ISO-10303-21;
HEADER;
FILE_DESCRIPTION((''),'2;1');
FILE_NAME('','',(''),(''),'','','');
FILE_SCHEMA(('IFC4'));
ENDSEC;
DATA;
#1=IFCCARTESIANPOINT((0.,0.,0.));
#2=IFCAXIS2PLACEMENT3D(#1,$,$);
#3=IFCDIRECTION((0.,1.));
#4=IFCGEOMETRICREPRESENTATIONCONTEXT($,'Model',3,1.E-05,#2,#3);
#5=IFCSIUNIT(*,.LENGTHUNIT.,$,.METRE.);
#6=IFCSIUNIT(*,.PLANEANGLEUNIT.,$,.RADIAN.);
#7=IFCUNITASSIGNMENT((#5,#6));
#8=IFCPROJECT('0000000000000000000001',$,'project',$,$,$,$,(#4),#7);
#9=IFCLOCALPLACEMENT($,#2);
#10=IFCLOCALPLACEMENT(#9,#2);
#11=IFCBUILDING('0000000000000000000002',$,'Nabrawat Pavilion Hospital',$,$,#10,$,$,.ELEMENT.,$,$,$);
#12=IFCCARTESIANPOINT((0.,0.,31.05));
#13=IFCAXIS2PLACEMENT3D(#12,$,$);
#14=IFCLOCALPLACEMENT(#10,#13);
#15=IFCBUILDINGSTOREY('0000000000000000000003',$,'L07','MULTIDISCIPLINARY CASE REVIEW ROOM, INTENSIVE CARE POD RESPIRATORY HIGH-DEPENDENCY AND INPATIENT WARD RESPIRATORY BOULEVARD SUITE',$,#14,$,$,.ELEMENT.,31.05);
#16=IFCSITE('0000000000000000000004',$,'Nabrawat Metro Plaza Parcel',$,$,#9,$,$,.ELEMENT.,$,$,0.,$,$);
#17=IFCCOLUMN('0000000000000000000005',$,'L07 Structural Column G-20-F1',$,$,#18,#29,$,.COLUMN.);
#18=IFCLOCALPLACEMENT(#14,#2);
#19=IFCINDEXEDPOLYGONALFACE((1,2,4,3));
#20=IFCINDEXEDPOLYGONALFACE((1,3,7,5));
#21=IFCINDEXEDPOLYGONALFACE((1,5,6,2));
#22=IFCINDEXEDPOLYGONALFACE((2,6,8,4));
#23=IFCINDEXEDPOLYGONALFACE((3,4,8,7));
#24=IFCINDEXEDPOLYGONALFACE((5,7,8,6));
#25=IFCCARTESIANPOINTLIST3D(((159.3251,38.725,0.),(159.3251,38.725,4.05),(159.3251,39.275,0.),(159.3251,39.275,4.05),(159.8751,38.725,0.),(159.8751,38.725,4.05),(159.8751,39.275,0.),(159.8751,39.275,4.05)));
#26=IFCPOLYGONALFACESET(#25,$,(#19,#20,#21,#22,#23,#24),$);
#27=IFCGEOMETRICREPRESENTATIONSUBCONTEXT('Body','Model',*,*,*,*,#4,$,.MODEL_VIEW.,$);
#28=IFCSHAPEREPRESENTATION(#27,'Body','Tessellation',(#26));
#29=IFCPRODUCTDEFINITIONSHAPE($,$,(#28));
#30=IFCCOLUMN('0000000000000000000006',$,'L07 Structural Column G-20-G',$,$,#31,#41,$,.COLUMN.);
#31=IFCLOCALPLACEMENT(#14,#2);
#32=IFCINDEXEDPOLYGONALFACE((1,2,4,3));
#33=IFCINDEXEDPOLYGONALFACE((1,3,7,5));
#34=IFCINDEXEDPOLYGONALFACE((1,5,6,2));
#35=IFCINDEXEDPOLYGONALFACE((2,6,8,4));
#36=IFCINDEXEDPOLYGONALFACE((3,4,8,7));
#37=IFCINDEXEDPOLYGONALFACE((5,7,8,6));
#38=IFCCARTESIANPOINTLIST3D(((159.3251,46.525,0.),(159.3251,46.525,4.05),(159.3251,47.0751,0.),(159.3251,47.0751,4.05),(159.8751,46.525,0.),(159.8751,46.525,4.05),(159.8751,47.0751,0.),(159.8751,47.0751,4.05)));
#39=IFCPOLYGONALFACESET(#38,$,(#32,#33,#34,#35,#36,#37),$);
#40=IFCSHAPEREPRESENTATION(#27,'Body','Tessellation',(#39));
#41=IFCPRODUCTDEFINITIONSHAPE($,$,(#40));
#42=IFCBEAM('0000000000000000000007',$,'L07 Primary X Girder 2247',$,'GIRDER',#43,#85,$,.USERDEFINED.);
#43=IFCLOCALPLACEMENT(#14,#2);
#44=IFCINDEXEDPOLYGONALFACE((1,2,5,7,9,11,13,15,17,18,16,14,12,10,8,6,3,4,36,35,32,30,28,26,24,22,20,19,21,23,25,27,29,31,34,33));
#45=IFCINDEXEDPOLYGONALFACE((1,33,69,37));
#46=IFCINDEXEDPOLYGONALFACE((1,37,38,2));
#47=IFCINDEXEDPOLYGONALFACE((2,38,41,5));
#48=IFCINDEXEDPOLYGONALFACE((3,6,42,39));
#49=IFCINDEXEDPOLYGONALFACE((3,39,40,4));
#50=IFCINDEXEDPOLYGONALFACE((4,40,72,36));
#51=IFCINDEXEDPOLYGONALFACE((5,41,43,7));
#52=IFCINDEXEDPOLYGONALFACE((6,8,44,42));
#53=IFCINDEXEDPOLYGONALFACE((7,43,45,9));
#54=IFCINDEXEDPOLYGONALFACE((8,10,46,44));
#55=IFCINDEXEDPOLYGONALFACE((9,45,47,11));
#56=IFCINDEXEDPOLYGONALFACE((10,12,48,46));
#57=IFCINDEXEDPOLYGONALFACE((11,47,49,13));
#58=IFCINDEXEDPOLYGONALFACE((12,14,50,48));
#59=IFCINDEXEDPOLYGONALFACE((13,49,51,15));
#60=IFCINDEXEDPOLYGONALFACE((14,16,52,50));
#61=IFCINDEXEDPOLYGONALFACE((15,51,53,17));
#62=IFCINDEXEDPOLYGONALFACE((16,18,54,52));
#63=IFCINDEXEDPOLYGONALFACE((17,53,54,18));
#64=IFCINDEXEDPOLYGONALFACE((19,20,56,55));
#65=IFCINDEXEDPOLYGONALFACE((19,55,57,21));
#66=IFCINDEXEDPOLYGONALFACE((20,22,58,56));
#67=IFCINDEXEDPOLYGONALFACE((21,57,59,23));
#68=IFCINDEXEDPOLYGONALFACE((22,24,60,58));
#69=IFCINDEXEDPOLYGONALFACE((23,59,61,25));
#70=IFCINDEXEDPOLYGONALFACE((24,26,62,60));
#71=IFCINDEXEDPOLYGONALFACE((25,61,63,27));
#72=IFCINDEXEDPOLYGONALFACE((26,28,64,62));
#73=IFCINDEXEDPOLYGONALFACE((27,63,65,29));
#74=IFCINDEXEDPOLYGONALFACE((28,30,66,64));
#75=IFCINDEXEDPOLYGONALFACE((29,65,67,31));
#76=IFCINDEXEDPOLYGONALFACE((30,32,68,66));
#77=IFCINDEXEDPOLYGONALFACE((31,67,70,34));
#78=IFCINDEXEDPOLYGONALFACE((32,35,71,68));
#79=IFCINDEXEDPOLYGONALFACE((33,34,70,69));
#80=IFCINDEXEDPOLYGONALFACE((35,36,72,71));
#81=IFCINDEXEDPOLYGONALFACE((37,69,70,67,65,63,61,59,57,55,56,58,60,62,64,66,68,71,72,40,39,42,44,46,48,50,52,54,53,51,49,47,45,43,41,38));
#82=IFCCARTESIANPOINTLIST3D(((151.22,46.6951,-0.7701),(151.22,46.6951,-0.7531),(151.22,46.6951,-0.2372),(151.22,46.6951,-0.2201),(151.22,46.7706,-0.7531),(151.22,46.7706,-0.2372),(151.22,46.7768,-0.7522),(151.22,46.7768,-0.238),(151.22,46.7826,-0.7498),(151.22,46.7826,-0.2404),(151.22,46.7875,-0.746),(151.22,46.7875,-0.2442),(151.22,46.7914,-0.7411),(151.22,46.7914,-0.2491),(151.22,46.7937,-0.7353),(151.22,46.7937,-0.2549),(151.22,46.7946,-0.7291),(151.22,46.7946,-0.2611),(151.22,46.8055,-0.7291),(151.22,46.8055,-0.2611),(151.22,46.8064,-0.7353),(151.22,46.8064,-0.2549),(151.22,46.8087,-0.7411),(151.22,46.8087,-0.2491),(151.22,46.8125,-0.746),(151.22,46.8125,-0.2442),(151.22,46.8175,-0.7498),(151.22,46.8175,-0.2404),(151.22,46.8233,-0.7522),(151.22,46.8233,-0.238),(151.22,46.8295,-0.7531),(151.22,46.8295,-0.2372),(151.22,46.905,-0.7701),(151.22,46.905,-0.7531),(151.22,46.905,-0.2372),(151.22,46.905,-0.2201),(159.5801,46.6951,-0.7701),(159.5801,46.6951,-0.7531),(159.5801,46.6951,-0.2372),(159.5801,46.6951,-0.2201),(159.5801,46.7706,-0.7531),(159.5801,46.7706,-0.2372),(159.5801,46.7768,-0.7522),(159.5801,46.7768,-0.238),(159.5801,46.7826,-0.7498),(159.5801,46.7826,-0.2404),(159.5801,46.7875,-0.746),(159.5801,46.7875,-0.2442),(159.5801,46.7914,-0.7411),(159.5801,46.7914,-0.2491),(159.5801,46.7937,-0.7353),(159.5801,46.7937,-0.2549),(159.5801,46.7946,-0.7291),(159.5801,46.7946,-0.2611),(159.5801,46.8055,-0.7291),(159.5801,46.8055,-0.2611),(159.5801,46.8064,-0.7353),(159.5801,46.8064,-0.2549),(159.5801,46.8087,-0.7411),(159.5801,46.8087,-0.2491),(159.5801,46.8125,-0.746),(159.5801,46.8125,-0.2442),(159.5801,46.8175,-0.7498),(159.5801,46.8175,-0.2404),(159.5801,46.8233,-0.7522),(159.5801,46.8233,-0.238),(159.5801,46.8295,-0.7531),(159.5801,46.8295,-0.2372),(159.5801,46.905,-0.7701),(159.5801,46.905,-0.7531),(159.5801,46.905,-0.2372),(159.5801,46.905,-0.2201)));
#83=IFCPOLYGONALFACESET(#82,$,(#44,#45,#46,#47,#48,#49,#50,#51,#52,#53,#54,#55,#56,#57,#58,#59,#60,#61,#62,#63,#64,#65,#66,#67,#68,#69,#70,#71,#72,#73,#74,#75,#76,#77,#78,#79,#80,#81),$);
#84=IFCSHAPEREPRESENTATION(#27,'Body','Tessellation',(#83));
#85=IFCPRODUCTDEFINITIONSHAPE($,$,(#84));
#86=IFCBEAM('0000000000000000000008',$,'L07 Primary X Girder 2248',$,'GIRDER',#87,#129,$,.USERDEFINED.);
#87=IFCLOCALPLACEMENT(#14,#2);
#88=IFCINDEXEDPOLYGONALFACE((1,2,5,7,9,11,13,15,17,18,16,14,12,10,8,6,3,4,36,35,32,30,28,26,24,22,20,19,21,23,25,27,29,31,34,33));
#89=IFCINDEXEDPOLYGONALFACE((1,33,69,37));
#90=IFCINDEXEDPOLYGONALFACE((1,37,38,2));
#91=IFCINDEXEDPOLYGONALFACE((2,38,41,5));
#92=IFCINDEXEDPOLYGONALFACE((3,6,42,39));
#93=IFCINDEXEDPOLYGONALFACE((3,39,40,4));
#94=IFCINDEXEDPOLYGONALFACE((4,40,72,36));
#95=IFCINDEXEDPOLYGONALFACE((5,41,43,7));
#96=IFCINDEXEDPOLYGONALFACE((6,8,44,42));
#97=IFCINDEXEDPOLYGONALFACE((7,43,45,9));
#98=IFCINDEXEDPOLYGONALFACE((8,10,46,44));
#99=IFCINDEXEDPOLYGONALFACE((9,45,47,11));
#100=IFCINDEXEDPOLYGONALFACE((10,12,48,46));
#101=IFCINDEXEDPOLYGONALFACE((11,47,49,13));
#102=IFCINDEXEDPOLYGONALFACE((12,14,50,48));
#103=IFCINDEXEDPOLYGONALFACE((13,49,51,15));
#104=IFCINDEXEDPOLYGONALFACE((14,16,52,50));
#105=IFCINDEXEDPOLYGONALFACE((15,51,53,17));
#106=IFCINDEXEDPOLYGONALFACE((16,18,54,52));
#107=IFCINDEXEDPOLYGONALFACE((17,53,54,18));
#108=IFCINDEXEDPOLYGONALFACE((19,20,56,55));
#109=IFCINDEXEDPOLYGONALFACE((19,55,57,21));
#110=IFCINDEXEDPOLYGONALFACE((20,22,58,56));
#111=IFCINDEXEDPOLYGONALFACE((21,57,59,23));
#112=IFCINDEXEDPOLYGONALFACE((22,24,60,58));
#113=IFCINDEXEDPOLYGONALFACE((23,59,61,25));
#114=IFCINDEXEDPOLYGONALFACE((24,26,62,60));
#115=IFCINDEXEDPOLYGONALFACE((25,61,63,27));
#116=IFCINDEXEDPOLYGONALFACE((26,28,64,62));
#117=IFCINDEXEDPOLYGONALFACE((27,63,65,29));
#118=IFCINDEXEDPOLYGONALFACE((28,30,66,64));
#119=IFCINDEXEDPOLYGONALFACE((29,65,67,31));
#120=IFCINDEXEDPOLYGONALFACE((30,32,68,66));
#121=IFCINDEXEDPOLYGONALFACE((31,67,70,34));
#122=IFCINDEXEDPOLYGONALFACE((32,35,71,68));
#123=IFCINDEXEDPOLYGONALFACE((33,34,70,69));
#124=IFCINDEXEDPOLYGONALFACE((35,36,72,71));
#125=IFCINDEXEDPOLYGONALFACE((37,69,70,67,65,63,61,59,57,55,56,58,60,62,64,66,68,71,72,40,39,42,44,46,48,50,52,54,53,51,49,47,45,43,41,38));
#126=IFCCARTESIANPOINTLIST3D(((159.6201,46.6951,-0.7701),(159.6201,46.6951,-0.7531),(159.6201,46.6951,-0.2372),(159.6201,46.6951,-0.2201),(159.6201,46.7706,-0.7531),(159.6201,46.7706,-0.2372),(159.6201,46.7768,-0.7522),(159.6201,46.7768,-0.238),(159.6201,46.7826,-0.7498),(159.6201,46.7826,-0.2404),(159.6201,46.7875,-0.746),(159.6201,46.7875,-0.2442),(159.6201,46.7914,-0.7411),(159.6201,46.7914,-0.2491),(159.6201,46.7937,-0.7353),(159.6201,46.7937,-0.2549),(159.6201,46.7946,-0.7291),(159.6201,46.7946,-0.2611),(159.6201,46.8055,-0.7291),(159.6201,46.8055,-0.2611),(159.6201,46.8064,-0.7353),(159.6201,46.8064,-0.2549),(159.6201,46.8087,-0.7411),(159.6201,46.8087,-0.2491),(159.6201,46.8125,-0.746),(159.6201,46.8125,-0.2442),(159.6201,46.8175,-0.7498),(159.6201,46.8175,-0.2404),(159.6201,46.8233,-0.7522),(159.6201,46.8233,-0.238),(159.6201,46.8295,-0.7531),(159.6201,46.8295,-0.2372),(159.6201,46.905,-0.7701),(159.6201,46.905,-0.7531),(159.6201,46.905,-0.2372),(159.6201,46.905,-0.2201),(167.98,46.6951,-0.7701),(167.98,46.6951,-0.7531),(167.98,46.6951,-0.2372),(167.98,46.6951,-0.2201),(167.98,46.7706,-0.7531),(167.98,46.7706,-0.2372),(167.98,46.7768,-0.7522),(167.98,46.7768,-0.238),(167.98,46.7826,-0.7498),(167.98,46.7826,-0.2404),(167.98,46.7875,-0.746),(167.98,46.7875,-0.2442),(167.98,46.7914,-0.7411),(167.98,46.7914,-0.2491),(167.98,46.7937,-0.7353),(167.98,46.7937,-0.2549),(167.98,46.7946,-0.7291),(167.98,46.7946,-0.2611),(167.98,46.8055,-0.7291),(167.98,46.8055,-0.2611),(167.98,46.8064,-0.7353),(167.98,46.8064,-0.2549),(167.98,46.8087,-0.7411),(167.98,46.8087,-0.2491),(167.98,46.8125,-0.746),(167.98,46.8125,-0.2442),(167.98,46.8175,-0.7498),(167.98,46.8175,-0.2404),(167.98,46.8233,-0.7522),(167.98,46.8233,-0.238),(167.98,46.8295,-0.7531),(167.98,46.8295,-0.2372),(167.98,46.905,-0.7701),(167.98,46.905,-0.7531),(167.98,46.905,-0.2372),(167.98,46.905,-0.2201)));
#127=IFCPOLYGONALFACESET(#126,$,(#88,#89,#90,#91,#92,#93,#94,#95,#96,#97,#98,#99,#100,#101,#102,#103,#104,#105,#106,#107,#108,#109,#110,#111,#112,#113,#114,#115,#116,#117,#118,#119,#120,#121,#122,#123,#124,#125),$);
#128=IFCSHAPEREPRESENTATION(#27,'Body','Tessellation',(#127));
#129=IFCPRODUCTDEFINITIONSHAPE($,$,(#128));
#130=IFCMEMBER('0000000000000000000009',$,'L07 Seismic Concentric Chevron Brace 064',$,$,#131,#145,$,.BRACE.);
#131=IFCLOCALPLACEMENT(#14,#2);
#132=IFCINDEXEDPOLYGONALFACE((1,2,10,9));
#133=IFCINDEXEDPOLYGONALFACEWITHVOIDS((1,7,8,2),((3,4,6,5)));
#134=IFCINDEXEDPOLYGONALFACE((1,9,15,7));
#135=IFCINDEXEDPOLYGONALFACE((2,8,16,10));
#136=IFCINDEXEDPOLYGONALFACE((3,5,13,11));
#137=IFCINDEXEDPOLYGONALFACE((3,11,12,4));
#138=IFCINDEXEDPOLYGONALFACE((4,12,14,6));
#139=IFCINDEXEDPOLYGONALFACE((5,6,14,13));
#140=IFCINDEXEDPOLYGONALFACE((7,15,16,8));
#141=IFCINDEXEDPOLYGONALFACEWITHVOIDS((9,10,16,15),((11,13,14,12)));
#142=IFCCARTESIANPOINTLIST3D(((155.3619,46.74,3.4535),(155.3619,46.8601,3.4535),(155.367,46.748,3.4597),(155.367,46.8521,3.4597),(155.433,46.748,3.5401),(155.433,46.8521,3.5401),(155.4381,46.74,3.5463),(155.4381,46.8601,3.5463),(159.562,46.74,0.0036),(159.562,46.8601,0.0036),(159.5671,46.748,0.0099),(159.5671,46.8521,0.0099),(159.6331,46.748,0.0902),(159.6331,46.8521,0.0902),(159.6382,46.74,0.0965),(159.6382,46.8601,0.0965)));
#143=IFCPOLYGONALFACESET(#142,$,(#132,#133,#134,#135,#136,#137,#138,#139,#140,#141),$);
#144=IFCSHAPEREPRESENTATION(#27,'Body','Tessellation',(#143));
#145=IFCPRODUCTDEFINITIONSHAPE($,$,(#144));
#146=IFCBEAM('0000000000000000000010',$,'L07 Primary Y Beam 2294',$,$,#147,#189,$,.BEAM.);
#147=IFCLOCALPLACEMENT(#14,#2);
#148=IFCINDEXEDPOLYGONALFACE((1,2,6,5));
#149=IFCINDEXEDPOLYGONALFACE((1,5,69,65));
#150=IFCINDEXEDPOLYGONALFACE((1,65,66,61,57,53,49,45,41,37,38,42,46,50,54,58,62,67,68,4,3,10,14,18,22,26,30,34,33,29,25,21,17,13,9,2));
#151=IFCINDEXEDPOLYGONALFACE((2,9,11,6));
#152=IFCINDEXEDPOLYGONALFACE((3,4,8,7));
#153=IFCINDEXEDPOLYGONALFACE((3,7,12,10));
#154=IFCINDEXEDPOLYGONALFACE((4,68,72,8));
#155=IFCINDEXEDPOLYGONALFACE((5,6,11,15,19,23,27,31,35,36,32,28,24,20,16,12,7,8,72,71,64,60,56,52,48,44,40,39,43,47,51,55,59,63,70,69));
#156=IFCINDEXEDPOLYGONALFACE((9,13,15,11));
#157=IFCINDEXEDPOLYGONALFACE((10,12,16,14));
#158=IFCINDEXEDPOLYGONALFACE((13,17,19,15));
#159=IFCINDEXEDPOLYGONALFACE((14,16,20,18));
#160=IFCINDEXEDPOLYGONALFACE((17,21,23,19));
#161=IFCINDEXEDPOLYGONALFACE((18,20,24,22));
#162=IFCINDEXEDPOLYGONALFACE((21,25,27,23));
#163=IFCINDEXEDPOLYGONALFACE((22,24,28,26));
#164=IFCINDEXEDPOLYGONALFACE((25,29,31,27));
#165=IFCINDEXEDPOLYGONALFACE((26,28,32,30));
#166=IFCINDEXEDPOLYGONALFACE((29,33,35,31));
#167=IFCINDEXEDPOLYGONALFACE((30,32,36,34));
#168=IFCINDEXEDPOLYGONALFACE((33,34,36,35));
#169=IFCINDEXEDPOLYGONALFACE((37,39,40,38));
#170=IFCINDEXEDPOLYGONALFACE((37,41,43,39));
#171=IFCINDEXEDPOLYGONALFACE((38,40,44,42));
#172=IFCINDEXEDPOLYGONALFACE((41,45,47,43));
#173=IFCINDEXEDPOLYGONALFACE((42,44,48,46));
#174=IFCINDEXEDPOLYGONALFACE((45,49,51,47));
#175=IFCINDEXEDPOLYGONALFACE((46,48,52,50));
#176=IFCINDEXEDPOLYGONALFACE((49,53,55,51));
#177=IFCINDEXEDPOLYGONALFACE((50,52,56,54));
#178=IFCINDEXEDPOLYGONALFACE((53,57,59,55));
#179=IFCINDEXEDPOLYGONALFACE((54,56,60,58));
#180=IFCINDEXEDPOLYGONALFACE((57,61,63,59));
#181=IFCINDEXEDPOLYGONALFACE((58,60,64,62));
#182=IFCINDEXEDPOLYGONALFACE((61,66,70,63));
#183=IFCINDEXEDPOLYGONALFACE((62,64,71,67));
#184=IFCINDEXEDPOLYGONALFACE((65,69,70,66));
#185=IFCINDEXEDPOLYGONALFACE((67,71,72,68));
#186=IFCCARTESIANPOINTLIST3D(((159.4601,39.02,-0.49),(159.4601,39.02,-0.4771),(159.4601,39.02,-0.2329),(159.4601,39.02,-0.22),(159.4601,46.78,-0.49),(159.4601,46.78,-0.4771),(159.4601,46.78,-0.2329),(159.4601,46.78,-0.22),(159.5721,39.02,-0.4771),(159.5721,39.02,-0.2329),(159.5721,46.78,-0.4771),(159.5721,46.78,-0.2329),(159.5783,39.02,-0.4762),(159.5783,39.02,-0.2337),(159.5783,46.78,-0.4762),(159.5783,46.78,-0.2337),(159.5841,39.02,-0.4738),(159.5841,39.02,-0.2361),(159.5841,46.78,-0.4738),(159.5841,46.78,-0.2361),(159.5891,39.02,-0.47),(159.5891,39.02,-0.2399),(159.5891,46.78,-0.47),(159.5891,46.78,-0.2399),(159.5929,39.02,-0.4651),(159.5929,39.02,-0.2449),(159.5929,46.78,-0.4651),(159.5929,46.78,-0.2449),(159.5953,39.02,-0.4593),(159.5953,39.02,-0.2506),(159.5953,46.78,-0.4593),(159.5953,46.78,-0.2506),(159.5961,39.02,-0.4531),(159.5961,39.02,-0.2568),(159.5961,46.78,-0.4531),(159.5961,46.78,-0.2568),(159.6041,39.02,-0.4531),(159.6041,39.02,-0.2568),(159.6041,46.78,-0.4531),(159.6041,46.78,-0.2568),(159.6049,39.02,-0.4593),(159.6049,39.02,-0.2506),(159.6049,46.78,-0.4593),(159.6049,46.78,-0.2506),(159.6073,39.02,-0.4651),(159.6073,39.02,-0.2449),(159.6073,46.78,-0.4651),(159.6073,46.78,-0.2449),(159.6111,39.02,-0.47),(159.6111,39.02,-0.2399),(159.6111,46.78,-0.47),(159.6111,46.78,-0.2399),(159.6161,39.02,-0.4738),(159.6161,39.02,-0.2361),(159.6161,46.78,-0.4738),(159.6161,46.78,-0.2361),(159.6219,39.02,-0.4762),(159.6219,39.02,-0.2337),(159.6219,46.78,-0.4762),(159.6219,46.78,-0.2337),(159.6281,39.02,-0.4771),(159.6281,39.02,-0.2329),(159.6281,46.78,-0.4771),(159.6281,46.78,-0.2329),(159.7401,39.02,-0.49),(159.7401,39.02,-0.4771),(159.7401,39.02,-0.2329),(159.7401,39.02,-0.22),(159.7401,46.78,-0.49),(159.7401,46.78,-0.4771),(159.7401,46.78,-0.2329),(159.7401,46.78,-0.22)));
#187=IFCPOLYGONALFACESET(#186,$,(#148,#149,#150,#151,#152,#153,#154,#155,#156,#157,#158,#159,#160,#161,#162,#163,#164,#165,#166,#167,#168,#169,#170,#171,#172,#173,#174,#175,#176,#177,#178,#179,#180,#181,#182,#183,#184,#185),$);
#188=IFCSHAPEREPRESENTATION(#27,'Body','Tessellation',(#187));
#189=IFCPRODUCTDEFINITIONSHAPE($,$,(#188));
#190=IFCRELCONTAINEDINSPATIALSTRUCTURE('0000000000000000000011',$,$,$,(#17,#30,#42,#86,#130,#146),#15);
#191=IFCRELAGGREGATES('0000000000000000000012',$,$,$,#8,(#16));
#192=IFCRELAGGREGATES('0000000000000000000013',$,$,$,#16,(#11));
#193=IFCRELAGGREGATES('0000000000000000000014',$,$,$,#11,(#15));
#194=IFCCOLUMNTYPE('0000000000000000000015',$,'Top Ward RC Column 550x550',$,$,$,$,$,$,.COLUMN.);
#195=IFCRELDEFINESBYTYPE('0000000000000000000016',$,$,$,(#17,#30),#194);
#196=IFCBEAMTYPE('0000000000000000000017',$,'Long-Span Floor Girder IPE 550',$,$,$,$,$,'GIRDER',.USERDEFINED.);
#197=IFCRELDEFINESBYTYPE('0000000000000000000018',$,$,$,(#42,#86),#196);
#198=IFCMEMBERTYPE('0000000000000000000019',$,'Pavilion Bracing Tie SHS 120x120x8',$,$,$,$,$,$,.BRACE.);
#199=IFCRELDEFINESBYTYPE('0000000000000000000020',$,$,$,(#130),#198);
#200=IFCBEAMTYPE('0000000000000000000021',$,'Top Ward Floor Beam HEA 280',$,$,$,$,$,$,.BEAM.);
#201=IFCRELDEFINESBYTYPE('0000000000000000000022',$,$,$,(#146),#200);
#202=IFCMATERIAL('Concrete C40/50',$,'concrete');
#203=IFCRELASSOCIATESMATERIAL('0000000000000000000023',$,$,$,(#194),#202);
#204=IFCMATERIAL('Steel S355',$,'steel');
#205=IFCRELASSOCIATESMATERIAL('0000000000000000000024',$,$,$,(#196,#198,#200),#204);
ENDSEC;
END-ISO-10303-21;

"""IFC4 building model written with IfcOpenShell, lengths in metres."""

from ifc_helpers import new_model, si_unit, direction, frame, origin, origin_2d, place, context, subcontext, project, spatial, rectangle, hollow_rectangle, i_section, extrude, material, material_profile, profile_set, type_object, element, save


model = new_model("IFC4")

# Units and contexts
model_context = context("Model", 3, precision=1e-05, world=origin(), true_north=direction((0.0, 1.0)))
body_context = subcontext(model_context, "Body", "Model", "MODEL_VIEW")
ifc_project = project(units=[si_unit("LENGTHUNIT", "METRE"), si_unit("PLANEANGLEUNIT", "RADIAN")], contexts=[model_context])

# Site, building, storey
site_placement = place(None, origin())
site = spatial("IfcSite", under=ifc_project, at=site_placement, Name="Nabrawat Metro Plaza Parcel", CompositionType="ELEMENT", RefElevation=0.0)
building_placement = place(site_placement, origin())
building = spatial("IfcBuilding", under=site, at=building_placement, Name="Nabrawat Pavilion Hospital", CompositionType="ELEMENT")
storey_placement = place(building_placement, frame((0.0, 0.0, 31.05)))
storey = spatial("IfcBuildingStorey", under=building, at=storey_placement, Name="L07", Description="MULTIDISCIPLINARY CASE REVIEW ROOM, INTENSIVE CARE POD RESPIRATORY HIGH-DEPENDENCY AND INPATIENT WARD RESPIRATORY BOULEVARD SUITE", CompositionType="ELEMENT", Elevation=31.05)

# Columns
ifc_material_1 = material(Name="Concrete C40/50", Category="concrete")
ifc_material_profile_1 = material_profile(ifc_material_1, rectangle(XDim=0.55, YDim=0.55, at=origin_2d()), Name="RC 550x550")
ifc_profile_set_1 = profile_set([ifc_material_profile_1], Name="Concrete C40/50")
column_type = type_object("IfcColumnType", Name="Top Ward RC Column 550x550", PredefinedType="COLUMN", material=ifc_profile_set_1)
for number, where, z_axis, x_axis, name in (
    (1, (159.6001, 39.0, 0.0), (0.0, 0.0, 1.0), (1.0, 0.0, 0.0), "L07 Structural Column G-20-F1"),
    (2, (159.6001, 46.8, 0.0), (0.0, 0.0, 1.0), (1.0, 0.0, 0.0), "L07 Structural Column G-20-G"),
):
    element("IfcColumn", number, at=place(storey_placement, frame(where, z_axis=z_axis, x_axis=x_axis)), inside=storey, type_object=column_type, Name=name, PredefinedType="COLUMN", context=body_context, shape_type="SweptSolid", body=[
        extrude(rectangle(XDim=0.55, YDim=0.55, at=origin_2d()), origin(), (0.0, 0.0, 1.0), 4.05),
    ])

# Beams
ifc_material_2 = material(Name="Steel S355", Category="steel")
ifc_material_profile_2 = material_profile(ifc_material_2, i_section(OverallWidth=0.21, OverallDepth=0.55, WebThickness=0.011, FlangeThickness=0.0171, FilletRadius=0.0239, at=origin_2d()), Name="IPE 550")
ifc_profile_set_2 = profile_set([ifc_material_profile_2], Name="Steel S355")
beam_type_1 = type_object("IfcBeamType", Name="Long-Span Floor Girder IPE 550", ElementType="GIRDER", PredefinedType="USERDEFINED", material=ifc_profile_set_2)
beam_1_placement = place(storey_placement, frame((151.22, 46.8, -0.4951), z_axis=(1.0, 0.0, 0.0), x_axis=(0.0, 1.0, 0.0)))
element("IfcBeam", 3, at=beam_1_placement, inside=storey, type_object=beam_type_1, Name="L07 Primary X Girder 2247", ObjectType="GIRDER", PredefinedType="USERDEFINED", context=body_context, shape_type="SweptSolid", body=[
    extrude(i_section(OverallWidth=0.21, OverallDepth=0.55, WebThickness=0.011, FlangeThickness=0.0171, FilletRadius=0.0239, at=origin_2d()), origin(), (0.0, 0.0, 1.0), 8.3601),
])
beam_2_placement = place(storey_placement, frame((159.6201, 46.8, -0.4951), z_axis=(1.0, 0.0, 0.0), x_axis=(0.0, 1.0, 0.0)))
element("IfcBeam", 4, at=beam_2_placement, inside=storey, type_object=beam_type_1, Name="L07 Primary X Girder 2248", ObjectType="GIRDER", PredefinedType="USERDEFINED", context=body_context, shape_type="SweptSolid", body=[
    extrude(i_section(OverallWidth=0.21, OverallDepth=0.55, WebThickness=0.011, FlangeThickness=0.0171, FilletRadius=0.0239, at=origin_2d()), origin(), (0.0, 0.0, 1.0), 8.3599),
])

# Member
ifc_material_profile_3 = material_profile(ifc_material_2, hollow_rectangle(XDim=0.1201, YDim=0.1201, WallThickness=0.0081, at=origin_2d()), Name="SHS 120x120x8")
ifc_profile_set_3 = profile_set([ifc_material_profile_3], Name="Steel S355")
member_type = type_object("IfcMemberType", Name="Pavilion Bracing Tie SHS 120x120x8", PredefinedType="BRACE", material=ifc_profile_set_3)
member_placement = place(storey_placement, frame((159.6001, 46.8, 0.05), z_axis=(-0.772745, 0.0, 0.634716), x_axis=(0.0, -1.0, 0.0)))
element("IfcMember", 5, at=member_placement, inside=storey, type_object=member_type, Name="L07 Seismic Concentric Chevron Brace 064", PredefinedType="BRACE", context=body_context, shape_type="SweptSolid", body=[
    extrude(hollow_rectangle(XDim=0.1201, YDim=0.1201, WallThickness=0.0081, at=origin_2d()), origin(), (0.0, 0.0, 1.0), 5.4353),
])

# Beam
ifc_material_profile_4 = material_profile(ifc_material_2, i_section(OverallWidth=0.28, OverallDepth=0.27, WebThickness=0.0081, FlangeThickness=0.0129, FilletRadius=0.0239, at=origin_2d()), Name="HEA 280")
ifc_profile_set_4 = profile_set([ifc_material_profile_4], Name="Steel S355")
beam_type_2 = type_object("IfcBeamType", Name="Top Ward Floor Beam HEA 280", PredefinedType="BEAM", material=ifc_profile_set_4)
for number, where, z_axis, x_axis, name in (
    (6, (159.6001, 39.02, -0.355), (0.0, 1.0, 0.0), (-1.0, 0.0, 0.0), "L07 Primary Y Beam 2294"),
):
    element("IfcBeam", number, at=place(storey_placement, frame(where, z_axis=z_axis, x_axis=x_axis)), inside=storey, type_object=beam_type_2, Name=name, PredefinedType="BEAM", context=body_context, shape_type="SweptSolid", body=[
        extrude(i_section(OverallWidth=0.28, OverallDepth=0.27, WebThickness=0.0081, FlangeThickness=0.0129, FilletRadius=0.0239, at=origin_2d()), origin(), (0.0, 0.0, 1.0), 7.76),
    ])

save(model, "model.ifc")
